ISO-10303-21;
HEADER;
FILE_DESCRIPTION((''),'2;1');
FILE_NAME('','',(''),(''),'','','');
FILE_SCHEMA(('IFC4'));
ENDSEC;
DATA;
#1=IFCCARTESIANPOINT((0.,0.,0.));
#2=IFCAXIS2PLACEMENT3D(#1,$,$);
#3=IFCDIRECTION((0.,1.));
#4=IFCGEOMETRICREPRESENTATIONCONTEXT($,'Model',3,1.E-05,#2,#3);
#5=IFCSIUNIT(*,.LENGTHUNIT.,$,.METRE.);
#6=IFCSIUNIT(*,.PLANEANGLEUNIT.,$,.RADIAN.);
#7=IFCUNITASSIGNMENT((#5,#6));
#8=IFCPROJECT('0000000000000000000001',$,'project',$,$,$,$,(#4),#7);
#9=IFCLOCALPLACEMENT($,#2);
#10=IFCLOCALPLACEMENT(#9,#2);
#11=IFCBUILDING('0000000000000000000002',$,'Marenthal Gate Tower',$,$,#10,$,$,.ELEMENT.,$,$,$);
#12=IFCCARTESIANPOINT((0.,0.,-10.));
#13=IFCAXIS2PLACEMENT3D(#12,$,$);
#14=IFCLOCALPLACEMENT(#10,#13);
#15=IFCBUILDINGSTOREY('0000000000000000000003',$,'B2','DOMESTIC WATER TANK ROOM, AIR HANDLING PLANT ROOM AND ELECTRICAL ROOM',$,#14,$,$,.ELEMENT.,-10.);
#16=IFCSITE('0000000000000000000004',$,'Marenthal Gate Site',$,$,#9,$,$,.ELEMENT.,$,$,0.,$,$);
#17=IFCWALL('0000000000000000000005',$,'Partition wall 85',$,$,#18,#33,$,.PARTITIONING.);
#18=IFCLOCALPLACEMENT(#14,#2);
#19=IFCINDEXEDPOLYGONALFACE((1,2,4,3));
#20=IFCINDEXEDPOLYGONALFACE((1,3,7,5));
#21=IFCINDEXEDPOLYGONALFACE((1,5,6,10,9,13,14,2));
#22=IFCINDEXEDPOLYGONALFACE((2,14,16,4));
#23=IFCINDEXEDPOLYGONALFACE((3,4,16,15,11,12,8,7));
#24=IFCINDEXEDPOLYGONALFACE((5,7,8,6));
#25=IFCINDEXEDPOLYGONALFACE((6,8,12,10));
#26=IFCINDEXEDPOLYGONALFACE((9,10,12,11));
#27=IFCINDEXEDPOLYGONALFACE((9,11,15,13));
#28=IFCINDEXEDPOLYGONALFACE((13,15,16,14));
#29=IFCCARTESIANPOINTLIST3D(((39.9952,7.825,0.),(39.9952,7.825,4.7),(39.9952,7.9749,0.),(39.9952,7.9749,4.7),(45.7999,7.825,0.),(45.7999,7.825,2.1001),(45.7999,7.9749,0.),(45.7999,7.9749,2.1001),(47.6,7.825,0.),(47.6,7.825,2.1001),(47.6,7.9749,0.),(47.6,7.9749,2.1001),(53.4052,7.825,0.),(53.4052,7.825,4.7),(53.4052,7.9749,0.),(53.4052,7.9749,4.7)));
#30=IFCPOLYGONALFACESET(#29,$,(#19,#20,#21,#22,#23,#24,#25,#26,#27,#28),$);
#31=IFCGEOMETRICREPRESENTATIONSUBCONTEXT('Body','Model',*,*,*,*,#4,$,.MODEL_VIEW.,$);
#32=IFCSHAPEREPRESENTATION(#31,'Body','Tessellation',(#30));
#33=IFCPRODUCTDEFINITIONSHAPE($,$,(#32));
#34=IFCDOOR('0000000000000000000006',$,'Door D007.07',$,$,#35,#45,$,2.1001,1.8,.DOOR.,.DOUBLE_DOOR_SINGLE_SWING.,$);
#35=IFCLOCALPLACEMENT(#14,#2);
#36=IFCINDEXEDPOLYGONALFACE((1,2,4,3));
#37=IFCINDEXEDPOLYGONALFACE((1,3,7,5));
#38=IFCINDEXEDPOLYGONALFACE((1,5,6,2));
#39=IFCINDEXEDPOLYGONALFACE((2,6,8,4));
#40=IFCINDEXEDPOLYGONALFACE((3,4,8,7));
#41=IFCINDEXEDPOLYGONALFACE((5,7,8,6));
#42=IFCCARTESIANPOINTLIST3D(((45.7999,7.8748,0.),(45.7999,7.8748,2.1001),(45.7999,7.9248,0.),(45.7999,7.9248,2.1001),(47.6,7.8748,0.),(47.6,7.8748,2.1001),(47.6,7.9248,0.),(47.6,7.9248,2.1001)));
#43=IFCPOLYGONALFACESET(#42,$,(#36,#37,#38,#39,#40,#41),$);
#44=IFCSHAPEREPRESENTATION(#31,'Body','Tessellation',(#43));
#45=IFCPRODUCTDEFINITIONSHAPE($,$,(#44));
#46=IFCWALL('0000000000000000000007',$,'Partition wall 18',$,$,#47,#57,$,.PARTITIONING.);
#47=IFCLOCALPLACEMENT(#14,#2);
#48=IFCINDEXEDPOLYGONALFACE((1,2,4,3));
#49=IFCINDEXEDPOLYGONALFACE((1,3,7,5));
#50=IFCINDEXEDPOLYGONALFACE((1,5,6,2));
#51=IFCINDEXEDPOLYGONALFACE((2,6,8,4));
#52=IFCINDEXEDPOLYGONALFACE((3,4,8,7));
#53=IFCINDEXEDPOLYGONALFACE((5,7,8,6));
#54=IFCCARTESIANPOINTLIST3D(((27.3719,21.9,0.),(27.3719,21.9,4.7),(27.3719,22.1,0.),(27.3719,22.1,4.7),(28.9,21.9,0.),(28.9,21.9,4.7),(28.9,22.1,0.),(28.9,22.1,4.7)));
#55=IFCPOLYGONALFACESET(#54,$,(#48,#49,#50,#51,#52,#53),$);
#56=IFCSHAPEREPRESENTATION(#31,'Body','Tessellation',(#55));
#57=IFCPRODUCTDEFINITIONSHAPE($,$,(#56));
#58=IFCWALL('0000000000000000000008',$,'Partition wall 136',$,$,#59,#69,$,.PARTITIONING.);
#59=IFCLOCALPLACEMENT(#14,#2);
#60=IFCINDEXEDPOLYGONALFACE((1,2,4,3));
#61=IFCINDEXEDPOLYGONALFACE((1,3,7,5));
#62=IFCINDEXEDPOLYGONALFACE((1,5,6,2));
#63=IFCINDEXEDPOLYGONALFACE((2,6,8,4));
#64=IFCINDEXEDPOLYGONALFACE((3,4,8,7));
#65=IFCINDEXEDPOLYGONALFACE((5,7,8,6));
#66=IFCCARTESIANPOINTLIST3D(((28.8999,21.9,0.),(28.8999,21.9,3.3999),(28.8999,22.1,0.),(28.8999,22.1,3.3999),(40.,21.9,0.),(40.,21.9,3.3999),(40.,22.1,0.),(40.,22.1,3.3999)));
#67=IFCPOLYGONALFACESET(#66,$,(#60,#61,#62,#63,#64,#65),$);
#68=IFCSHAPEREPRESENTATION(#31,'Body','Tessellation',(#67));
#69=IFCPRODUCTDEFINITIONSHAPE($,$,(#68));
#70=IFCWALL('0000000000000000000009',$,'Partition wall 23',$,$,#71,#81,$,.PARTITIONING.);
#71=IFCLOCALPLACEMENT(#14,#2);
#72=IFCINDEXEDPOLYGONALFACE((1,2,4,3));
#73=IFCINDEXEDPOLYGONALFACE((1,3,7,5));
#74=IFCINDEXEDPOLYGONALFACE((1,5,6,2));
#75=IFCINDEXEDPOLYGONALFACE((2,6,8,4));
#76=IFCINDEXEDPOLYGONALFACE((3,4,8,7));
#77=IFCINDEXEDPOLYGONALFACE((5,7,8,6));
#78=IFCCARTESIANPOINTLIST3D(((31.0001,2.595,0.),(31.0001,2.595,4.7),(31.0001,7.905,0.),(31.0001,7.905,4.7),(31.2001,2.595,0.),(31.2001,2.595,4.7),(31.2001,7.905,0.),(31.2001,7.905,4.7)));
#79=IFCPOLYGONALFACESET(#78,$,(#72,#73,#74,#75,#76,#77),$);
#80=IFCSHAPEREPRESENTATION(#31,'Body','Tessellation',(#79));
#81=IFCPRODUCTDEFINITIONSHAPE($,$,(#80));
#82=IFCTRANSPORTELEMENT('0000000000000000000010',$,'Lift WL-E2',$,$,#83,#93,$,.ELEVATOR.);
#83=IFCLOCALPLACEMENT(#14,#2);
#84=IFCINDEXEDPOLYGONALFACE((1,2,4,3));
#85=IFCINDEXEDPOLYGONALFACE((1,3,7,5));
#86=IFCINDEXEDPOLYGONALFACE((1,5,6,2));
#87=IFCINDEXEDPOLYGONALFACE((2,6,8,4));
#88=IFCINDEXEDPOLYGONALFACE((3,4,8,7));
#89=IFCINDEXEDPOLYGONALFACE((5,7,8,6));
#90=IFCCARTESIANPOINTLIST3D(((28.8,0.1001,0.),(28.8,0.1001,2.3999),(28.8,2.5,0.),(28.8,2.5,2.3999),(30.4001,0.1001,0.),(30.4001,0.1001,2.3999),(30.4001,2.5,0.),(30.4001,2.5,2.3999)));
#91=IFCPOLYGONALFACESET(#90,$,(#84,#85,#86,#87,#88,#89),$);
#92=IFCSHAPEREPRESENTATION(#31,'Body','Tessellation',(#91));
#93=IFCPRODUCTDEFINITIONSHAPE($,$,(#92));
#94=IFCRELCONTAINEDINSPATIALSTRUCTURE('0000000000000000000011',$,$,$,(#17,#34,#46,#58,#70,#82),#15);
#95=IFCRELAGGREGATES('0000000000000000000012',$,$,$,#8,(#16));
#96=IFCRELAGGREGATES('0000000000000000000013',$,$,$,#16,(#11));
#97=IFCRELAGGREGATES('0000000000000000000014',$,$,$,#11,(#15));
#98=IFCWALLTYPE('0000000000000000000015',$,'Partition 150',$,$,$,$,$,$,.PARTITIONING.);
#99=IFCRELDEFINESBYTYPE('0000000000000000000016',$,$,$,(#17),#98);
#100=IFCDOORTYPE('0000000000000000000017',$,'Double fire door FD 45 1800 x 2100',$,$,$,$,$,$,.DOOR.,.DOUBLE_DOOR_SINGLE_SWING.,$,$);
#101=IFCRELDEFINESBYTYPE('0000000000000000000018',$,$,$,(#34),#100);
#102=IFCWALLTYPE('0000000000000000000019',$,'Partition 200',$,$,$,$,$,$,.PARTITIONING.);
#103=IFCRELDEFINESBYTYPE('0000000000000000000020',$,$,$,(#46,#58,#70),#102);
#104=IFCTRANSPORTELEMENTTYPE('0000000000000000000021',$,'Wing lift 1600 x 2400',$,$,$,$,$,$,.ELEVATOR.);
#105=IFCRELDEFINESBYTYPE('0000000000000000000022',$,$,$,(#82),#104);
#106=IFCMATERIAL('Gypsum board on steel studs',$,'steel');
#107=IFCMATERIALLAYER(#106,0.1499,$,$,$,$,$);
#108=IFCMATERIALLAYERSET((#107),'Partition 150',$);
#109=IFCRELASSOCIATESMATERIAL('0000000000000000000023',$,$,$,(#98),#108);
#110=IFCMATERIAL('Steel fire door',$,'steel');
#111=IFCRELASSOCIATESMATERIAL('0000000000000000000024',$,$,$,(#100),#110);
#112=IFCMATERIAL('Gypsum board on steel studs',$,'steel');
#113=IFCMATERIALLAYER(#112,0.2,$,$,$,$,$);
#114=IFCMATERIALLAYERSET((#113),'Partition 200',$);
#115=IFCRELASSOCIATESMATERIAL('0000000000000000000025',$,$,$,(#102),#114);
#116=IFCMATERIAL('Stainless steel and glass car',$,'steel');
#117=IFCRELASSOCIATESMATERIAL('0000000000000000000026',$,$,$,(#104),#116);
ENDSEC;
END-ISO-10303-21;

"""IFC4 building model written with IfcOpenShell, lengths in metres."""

from ifc_helpers import new_model, si_unit, direction, frame, frame_2d, origin, origin_2d, place, context, subcontext, project, spatial, rectangle, extrude, material, layer, layer_set, type_object, element, fill, save


model = new_model("IFC4")

# Units and contexts
model_context = context("Model", 3, precision=1e-05, world=origin(), true_north=direction((0.0, 1.0)))
body_context = subcontext(model_context, "Body", "Model", "MODEL_VIEW")
ifc_project = project(units=[si_unit("LENGTHUNIT", "METRE"), si_unit("PLANEANGLEUNIT", "RADIAN")], contexts=[model_context])

# Site, building, storey
site_placement = place(None, origin())
site = spatial("IfcSite", under=ifc_project, at=site_placement, Name="Marenthal Gate Site", CompositionType="ELEMENT", RefElevation=0.0)
building_placement = place(site_placement, origin())
building = spatial("IfcBuilding", under=site, at=building_placement, Name="Marenthal Gate Tower", CompositionType="ELEMENT")
storey_placement = place(building_placement, frame((0.0, 0.0, -10.0)))
storey = spatial("IfcBuildingStorey", under=building, at=storey_placement, Name="B2", Description="DOMESTIC WATER TANK ROOM, AIR HANDLING PLANT ROOM AND ELECTRICAL ROOM", CompositionType="ELEMENT", Elevation=-10.0)

# Shared definitions
ifc_material_1 = material(Name="Gypsum board on steel studs", Category="steel")
ifc_layer_1 = layer(ifc_material_1, 0.1499)
ifc_layer_set_1 = layer_set([ifc_layer_1], Name="Partition 150")
wall_type_1 = type_object("IfcWallType", Name="Partition 150", PredefinedType="PARTITIONING", material=ifc_layer_set_1)

# Wall, opening, door
wall_1_placement = place(storey_placement, frame((39.9951, 7.8999, 0.0), z_axis=(0.0, 0.0, 1.0), x_axis=(1.0, 0.0, 0.0)))
wall_1 = element("IfcWall", 1, at=wall_1_placement, inside=storey, type_object=wall_type_1, Name="Partition wall 85", PredefinedType="PARTITIONING", context=body_context, shape_type="SweptSolid", body=[
    extrude(rectangle(XDim=13.4099, YDim=0.1499, at=frame_2d((6.7051, 0.0))), origin(), (0.0, 0.0, 1.0), 4.7),
])
opening_1_placement = place(wall_1_placement, frame((5.8049, 0.0, 0.0)))
opening_1 = element("IfcOpeningElement", 2, at=opening_1_placement, cuts=wall_1, PredefinedType="OPENING", context=body_context, shape_type="SweptSolid", body=[
    extrude(rectangle(XDim=1.8, YDim=2.1001, at=frame_2d((0.8999, 1.05))), frame((0.0, 0.085, 0.0), z_axis=(0.0, -1.0, 0.0), x_axis=(1.0, 0.0, 0.0)), (0.0, 0.0, 1.0), 0.1699),
])
ifc_material_2 = material(Name="Steel fire door", Category="steel")
door_type_1 = type_object("IfcDoorType", Name="Double fire door FD 45 1800 x 2100", OperationType="DOUBLE_DOOR_SINGLE_SWING", PredefinedType="DOOR", material=ifc_material_2)
door_1_placement = place(opening_1_placement, origin())
door_1 = element("IfcDoor", 3, at=door_1_placement, inside=storey, type_object=door_type_1, Name="Door D007.07", OperationType="DOUBLE_DOOR_SINGLE_SWING", OverallHeight=2.1001, OverallWidth=1.8, PredefinedType="DOOR", context=body_context, shape_type="SweptSolid", body=[
    extrude(rectangle(XDim=1.8, YDim=2.1001, at=frame_2d((0.8999, 1.05))), frame((0.0, 0.0249, 0.0), z_axis=(0.0, -1.0, 0.0), x_axis=(1.0, 0.0, 0.0)), (0.0, 0.0, 1.0), 0.05),
])
fill(opening_1, door_1)

# Walls
ifc_material_3 = material(Name="Gypsum board on steel studs", Category="steel")
ifc_layer_2 = layer(ifc_material_3, 0.2)
ifc_layer_set_2 = layer_set([ifc_layer_2], Name="Partition 200")
wall_type_2 = type_object("IfcWallType", Name="Partition 200", PredefinedType="PARTITIONING", material=ifc_layer_set_2)
wall_2_placement = place(storey_placement, frame((27.3718, 22.0, 0.0), z_axis=(0.0, 0.0, 1.0), x_axis=(1.0, 0.0, 0.0)))
element("IfcWall", 4, at=wall_2_placement, inside=storey, type_object=wall_type_2, Name="Partition wall 18", PredefinedType="PARTITIONING", context=body_context, shape_type="SweptSolid", body=[
    extrude(rectangle(XDim=1.5281, YDim=0.2, at=frame_2d((0.7642, 0.0))), origin(), (0.0, 0.0, 1.0), 4.7),
])
wall_3_placement = place(storey_placement, frame((28.8999, 22.0, 0.0), z_axis=(0.0, 0.0, 1.0), x_axis=(1.0, 0.0, 0.0)))
element("IfcWall", 5, at=wall_3_placement, inside=storey, type_object=wall_type_2, Name="Partition wall 136", PredefinedType="PARTITIONING", context=body_context, shape_type="SweptSolid", body=[
    extrude(rectangle(XDim=11.1001, YDim=0.2, at=frame_2d((5.55, 0.0))), origin(), (0.0, 0.0, 1.0), 3.3999),
])
wall_4_placement = place(storey_placement, frame((31.1001, 2.595, 0.0), z_axis=(0.0, 0.0, 1.0), x_axis=(0.0, 1.0, 0.0)))
element("IfcWall", 6, at=wall_4_placement, inside=storey, type_object=wall_type_2, Name="Partition wall 23", PredefinedType="PARTITIONING", context=body_context, shape_type="SweptSolid", body=[
    extrude(rectangle(XDim=5.3101, YDim=0.2, at=frame_2d((2.655, 0.0))), origin(), (0.0, 0.0, 1.0), 4.7),
])

# Transport element
ifc_material_4 = material(Name="Stainless steel and glass car", Category="steel")
transport_element_type = type_object("IfcTransportElementType", Name="Wing lift 1600 x 2400", PredefinedType="ELEVATOR", material=ifc_material_4)
transport_element_placement = place(storey_placement, frame((29.6001, 1.3, 0.0), z_axis=(0.0, 0.0, 1.0), x_axis=(1.0, 0.0, 0.0)))
element("IfcTransportElement", 7, at=transport_element_placement, inside=storey, type_object=transport_element_type, Name="Lift WL-E2", PredefinedType="ELEVATOR", context=body_context, shape_type="SweptSolid", body=[
    extrude(rectangle(XDim=1.6001, YDim=2.3999, at=origin_2d()), origin(), (0.0, 0.0, 1.0), 2.3999),
])

save(model, "model.ifc")
